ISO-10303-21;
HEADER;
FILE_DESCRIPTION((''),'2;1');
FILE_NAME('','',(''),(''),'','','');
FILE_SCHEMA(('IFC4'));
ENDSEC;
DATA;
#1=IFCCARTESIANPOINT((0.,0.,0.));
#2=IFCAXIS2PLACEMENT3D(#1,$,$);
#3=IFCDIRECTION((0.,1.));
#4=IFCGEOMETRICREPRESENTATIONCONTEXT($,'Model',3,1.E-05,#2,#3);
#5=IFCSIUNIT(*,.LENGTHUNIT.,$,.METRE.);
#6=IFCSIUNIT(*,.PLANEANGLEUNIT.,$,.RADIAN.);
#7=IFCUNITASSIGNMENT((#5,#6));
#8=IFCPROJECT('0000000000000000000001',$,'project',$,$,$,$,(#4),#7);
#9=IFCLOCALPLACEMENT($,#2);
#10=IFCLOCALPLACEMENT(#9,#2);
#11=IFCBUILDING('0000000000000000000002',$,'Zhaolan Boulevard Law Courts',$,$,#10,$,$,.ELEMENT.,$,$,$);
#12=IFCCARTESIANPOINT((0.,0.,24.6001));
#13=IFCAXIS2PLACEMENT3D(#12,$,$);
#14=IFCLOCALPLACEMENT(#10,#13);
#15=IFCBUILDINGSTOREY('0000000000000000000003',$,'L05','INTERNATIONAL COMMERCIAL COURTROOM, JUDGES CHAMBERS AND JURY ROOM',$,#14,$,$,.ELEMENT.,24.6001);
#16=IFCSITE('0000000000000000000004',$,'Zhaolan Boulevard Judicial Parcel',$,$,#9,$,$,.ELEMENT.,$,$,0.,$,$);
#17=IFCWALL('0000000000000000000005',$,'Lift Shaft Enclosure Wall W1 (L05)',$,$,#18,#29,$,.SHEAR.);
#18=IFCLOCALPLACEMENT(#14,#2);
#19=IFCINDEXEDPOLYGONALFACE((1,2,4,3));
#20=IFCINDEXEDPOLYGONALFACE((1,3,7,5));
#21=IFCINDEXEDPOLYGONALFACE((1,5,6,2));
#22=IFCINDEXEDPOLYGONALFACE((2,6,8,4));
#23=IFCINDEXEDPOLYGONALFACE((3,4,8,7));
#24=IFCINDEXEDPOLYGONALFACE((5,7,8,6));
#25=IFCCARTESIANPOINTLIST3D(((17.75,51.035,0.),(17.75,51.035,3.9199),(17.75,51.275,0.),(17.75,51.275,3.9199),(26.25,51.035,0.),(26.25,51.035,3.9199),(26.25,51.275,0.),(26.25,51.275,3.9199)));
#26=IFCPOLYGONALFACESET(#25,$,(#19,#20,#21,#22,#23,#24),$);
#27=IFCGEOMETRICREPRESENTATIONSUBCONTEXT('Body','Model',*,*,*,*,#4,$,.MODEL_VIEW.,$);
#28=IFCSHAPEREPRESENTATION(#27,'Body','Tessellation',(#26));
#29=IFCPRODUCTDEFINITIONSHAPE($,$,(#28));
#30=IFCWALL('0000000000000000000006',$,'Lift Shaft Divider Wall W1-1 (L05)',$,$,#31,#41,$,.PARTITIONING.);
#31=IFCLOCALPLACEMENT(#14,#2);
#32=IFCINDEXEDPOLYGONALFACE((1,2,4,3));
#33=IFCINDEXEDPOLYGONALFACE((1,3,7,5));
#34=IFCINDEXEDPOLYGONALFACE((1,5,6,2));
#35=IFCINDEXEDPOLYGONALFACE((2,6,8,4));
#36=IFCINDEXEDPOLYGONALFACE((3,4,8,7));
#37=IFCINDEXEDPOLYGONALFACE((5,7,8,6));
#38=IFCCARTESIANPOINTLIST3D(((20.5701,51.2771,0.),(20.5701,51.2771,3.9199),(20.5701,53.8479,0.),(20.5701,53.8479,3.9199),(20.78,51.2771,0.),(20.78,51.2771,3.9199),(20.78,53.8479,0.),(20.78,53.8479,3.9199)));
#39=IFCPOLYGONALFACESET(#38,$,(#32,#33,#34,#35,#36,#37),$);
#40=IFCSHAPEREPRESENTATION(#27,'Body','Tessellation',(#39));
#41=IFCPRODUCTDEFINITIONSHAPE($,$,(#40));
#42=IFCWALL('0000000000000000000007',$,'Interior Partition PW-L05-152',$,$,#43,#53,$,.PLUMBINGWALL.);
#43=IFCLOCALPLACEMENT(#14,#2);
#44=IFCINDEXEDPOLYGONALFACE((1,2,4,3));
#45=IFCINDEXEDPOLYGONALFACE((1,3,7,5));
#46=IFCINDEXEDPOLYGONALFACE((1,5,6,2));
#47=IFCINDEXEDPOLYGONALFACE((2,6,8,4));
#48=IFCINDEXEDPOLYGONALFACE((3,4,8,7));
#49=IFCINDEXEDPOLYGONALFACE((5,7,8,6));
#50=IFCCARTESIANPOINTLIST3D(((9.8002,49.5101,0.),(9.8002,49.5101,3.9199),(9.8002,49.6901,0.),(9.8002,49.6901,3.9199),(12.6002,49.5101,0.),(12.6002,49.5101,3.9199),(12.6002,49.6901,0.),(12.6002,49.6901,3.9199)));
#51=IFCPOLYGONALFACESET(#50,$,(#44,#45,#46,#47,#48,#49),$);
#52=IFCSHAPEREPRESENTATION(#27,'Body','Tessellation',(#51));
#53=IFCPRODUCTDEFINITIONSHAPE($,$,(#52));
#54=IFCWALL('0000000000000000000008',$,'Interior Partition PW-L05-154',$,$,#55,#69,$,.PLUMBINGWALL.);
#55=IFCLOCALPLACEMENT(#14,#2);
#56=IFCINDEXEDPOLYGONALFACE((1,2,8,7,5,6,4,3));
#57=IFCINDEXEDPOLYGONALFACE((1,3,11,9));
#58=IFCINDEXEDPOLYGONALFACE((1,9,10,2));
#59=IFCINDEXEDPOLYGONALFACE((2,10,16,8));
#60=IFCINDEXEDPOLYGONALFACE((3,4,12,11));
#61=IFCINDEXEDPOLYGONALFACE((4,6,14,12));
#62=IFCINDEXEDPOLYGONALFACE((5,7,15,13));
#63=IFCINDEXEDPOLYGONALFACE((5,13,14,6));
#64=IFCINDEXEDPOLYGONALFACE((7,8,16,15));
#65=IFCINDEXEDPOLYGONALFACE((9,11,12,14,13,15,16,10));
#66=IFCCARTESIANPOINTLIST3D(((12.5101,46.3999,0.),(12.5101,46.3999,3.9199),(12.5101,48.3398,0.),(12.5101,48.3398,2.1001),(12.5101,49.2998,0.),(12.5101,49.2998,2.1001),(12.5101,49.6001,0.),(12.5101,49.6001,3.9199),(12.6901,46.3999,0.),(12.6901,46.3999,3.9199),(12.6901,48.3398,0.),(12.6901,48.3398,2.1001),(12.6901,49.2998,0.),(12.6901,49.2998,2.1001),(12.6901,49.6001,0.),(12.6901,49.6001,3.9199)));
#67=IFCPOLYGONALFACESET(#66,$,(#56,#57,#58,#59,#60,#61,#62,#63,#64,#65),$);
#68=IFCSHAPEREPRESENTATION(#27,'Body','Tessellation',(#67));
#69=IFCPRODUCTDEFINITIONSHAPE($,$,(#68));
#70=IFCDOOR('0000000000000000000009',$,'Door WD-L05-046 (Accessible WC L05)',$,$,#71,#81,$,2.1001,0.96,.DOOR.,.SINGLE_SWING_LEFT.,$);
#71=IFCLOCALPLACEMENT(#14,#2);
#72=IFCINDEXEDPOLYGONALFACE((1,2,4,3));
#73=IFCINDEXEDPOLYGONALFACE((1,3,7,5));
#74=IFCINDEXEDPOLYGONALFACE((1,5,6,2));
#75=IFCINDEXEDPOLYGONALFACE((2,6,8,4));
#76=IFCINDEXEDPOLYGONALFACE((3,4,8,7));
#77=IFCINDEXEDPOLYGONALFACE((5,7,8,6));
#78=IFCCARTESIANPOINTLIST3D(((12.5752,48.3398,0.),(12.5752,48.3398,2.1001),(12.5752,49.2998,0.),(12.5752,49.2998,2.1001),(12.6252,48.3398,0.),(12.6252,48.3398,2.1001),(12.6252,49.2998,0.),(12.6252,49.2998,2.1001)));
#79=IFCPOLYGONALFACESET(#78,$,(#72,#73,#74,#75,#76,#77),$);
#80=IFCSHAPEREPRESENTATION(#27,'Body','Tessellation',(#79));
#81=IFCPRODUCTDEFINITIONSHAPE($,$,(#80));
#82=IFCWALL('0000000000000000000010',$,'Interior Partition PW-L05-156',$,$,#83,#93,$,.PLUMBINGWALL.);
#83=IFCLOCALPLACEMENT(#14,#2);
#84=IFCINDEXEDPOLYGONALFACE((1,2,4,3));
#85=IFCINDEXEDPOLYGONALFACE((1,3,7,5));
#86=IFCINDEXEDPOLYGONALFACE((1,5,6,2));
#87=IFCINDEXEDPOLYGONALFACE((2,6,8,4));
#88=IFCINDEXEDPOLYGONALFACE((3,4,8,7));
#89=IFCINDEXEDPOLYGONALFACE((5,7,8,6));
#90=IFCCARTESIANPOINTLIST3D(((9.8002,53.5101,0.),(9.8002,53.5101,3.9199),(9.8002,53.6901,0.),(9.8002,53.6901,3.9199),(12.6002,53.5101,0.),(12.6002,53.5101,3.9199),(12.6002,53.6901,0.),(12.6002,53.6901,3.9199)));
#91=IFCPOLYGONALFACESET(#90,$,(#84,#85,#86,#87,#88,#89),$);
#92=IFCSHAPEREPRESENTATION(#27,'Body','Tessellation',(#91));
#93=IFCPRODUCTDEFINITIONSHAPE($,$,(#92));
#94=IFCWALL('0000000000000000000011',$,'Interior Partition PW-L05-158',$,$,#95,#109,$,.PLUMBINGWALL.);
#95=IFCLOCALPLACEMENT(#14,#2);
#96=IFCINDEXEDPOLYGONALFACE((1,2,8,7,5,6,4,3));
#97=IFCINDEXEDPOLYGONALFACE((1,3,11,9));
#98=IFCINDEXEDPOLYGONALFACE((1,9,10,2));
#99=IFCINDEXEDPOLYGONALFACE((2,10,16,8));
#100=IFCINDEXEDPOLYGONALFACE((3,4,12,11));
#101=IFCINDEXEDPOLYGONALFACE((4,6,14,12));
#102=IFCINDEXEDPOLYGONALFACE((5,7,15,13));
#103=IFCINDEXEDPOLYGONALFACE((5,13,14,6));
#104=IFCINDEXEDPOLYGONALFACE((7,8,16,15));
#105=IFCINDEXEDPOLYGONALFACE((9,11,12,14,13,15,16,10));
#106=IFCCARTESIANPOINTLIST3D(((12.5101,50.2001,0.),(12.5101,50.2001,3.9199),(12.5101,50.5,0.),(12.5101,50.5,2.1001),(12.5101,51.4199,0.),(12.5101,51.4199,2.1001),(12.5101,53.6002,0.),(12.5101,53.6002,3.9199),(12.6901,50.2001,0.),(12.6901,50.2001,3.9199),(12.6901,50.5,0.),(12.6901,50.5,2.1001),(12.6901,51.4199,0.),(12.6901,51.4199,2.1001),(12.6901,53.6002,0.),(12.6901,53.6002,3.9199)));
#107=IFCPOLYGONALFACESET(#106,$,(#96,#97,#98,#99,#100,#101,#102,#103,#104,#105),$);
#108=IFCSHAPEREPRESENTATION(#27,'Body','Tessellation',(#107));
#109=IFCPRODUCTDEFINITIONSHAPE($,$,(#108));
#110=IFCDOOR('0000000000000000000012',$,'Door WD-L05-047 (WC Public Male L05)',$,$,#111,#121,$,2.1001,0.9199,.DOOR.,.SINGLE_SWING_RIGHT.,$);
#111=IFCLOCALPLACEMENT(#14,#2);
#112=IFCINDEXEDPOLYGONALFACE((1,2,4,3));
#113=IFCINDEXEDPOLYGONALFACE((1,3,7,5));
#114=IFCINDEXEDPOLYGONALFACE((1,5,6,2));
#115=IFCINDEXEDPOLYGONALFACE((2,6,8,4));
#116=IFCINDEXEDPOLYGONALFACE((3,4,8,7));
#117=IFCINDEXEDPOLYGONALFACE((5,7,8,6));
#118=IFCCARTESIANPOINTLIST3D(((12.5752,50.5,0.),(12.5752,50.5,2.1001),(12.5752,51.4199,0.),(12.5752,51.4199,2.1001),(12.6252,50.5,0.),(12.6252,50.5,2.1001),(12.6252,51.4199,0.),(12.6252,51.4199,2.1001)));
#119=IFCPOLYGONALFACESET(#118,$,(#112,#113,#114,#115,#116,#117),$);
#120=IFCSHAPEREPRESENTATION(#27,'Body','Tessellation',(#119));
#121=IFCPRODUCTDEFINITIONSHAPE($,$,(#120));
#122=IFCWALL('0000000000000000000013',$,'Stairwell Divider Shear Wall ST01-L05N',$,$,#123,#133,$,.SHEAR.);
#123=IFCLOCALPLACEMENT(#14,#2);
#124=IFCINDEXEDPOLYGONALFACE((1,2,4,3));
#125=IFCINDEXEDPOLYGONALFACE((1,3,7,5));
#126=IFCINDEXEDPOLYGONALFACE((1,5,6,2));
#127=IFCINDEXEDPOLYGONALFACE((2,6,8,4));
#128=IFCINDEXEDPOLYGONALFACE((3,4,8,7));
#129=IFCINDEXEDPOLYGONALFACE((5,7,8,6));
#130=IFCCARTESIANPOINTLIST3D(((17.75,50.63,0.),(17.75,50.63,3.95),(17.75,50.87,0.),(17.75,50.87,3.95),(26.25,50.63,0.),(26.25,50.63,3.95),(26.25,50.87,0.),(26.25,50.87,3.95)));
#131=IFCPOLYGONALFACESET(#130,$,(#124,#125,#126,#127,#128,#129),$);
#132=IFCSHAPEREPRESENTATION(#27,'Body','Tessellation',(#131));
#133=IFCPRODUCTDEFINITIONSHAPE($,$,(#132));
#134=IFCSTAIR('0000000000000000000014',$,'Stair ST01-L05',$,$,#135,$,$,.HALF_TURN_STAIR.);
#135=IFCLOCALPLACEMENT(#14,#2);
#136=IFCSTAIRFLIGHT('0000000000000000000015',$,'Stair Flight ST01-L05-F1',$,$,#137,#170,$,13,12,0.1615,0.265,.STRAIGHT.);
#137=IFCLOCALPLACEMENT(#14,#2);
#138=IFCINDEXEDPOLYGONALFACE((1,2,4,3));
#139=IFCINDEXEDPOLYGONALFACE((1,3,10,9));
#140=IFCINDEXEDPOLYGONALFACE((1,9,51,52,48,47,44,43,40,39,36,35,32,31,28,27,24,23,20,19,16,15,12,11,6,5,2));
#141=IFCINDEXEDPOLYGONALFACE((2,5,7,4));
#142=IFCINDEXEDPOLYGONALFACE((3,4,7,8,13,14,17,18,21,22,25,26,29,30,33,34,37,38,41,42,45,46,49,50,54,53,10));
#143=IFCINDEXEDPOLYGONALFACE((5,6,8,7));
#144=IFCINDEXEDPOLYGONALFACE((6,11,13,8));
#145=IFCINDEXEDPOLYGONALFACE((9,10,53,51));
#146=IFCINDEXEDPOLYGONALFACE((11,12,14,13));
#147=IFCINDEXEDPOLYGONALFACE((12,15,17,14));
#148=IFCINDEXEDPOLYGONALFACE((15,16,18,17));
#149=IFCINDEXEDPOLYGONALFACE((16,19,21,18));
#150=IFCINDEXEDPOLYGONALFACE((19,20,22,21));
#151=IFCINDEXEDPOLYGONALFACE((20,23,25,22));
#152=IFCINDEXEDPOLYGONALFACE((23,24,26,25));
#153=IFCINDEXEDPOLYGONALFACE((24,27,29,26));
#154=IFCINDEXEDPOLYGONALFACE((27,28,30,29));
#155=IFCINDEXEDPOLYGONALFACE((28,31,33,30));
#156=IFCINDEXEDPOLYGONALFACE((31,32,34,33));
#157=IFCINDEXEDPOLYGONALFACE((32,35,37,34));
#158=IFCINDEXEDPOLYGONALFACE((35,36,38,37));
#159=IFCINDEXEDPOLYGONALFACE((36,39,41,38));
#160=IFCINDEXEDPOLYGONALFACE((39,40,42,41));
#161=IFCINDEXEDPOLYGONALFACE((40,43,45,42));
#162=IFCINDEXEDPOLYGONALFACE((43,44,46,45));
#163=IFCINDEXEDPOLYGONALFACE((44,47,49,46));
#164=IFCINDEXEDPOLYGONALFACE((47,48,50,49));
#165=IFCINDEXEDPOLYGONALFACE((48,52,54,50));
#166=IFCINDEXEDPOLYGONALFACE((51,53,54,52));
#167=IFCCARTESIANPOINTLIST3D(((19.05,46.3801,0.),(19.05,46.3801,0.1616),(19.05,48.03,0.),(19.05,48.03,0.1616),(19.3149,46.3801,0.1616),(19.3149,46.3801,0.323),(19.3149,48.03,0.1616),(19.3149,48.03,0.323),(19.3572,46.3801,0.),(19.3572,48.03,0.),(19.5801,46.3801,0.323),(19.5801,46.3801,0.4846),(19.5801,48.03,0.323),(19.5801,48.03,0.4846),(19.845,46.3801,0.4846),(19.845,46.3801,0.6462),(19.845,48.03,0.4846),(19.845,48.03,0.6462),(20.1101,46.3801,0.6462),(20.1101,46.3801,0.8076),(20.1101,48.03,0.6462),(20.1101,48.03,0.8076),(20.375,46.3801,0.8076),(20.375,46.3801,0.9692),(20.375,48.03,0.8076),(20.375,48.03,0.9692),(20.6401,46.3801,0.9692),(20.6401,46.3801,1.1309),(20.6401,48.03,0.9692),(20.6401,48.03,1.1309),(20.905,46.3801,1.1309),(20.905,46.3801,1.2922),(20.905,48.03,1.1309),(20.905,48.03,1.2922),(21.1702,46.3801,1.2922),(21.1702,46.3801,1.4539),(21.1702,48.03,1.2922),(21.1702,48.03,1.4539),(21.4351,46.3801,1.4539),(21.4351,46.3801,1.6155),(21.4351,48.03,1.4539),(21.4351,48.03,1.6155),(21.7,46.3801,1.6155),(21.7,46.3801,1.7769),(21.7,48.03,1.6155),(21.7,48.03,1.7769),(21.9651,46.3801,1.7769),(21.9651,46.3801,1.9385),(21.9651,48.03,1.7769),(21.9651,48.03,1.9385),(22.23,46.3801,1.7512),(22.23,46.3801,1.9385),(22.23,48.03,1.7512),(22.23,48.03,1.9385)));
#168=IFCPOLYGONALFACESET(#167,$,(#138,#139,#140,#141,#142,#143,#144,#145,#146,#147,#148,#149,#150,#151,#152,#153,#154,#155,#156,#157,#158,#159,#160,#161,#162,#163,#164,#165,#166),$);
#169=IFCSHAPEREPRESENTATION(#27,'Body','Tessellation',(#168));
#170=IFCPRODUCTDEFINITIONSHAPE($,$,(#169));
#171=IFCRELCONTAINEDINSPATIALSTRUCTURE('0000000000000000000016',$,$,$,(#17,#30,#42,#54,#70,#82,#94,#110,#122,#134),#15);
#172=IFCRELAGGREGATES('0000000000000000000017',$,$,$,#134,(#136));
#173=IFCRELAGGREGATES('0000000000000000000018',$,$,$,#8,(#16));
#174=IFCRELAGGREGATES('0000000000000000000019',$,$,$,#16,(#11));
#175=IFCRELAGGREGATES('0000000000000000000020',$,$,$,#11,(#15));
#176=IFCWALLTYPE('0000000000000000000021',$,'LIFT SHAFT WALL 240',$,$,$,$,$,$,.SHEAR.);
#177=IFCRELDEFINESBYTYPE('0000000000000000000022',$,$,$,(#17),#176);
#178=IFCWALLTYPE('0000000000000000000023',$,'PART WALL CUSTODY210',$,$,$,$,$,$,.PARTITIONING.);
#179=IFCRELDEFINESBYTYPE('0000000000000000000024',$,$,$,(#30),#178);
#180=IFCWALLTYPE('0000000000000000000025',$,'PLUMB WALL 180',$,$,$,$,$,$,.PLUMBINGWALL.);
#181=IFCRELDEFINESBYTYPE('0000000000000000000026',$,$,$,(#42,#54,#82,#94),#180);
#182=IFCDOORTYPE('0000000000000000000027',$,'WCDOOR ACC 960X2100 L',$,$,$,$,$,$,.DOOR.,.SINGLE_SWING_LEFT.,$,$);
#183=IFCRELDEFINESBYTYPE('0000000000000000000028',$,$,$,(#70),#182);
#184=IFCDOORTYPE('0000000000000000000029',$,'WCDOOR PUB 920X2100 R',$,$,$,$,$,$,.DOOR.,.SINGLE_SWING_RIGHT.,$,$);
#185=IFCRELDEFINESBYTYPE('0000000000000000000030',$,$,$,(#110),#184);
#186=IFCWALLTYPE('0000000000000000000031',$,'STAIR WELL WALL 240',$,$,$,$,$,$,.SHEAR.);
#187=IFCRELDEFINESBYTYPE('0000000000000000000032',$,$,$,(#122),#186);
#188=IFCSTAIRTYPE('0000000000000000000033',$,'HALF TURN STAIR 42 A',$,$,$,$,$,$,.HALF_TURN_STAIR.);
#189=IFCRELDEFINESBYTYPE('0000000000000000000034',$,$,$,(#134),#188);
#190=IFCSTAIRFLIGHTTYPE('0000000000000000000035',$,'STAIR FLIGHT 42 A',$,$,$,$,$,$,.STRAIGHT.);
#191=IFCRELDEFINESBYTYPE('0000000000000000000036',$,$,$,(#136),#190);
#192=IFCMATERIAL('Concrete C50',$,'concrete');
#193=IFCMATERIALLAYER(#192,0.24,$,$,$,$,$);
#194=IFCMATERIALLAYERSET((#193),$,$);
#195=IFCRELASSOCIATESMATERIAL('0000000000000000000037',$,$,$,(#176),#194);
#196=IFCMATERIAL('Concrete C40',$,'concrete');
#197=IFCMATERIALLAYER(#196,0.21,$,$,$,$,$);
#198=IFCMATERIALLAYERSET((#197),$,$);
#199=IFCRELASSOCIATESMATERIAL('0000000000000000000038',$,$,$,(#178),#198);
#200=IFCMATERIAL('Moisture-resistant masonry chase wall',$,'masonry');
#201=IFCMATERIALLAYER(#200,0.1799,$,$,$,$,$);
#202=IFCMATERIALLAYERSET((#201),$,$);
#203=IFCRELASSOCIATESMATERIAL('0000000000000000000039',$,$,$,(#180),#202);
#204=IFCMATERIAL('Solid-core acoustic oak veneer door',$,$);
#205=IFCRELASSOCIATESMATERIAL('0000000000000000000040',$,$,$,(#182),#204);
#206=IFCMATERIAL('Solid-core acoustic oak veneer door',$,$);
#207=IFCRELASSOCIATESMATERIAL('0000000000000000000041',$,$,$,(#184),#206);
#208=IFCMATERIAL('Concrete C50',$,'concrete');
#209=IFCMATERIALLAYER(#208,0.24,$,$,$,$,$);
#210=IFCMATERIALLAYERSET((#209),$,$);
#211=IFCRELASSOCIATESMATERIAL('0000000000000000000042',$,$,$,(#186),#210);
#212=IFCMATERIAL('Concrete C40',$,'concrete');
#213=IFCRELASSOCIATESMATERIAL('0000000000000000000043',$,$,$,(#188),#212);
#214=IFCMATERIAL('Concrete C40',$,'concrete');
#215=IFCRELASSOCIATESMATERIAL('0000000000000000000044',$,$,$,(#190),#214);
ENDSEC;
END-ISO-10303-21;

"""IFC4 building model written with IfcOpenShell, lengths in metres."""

from ifc_helpers import new_model, si_unit, direction, frame, frame_2d, origin, place, context, subcontext, project, spatial, polyline, rectangle, outline, extrude, material, layer, layer_set, type_object, element, fill, aggregate, save


model = new_model("IFC4")

# Units and contexts
model_context = context("Model", 3, precision=1e-05, world=origin(), true_north=direction((0.0, 1.0)))
body_context = subcontext(model_context, "Body", "Model", "MODEL_VIEW")
ifc_project = project(units=[si_unit("LENGTHUNIT", "METRE"), si_unit("PLANEANGLEUNIT", "RADIAN")], contexts=[model_context])

# Site, building, storey
site_placement = place(None, origin())
site = spatial("IfcSite", under=ifc_project, at=site_placement, Name="Zhaolan Boulevard Judicial Parcel", CompositionType="ELEMENT", RefElevation=0.0)
building_placement = place(site_placement, origin())
building = spatial("IfcBuilding", under=site, at=building_placement, Name="Zhaolan Boulevard Law Courts", CompositionType="ELEMENT")
storey_placement = place(building_placement, frame((0.0, 0.0, 24.6001)))
storey = spatial("IfcBuildingStorey", under=building, at=storey_placement, Name="L05", Description="INTERNATIONAL COMMERCIAL COURTROOM, JUDGES CHAMBERS AND JURY ROOM", CompositionType="ELEMENT", Elevation=24.6001)

# Walls
ifc_material_1 = material(Name="Concrete C50", Category="concrete")
ifc_layer_1 = layer(ifc_material_1, 0.24)
ifc_layer_set_1 = layer_set([ifc_layer_1])
wall_type_1 = type_object("IfcWallType", Name="LIFT SHAFT WALL 240", PredefinedType="SHEAR", material=ifc_layer_set_1)
wall_1_placement = place(storey_placement, frame((17.75, 51.155, 0.0), z_axis=(0.0, 0.0, 1.0), x_axis=(1.0, 0.0, 0.0)))
element("IfcWall", 1, at=wall_1_placement, inside=storey, type_object=wall_type_1, Name="Lift Shaft Enclosure Wall W1 (L05)", PredefinedType="SHEAR", context=body_context, shape_type="SweptSolid", body=[
    extrude(rectangle(XDim=8.5, YDim=0.24, at=frame_2d((4.25, 0.0))), origin(), (0.0, 0.0, 1.0), 3.9199),
])
ifc_material_2 = material(Name="Concrete C40", Category="concrete")
ifc_layer_2 = layer(ifc_material_2, 0.21)
ifc_layer_set_2 = layer_set([ifc_layer_2])
wall_type_2 = type_object("IfcWallType", Name="PART WALL CUSTODY210", PredefinedType="PARTITIONING", material=ifc_layer_set_2)
wall_2_placement = place(storey_placement, frame((20.675, 51.2771, 0.0), z_axis=(0.0, 0.0, 1.0), x_axis=(0.0, 1.0, 0.0)))
element("IfcWall", 2, at=wall_2_placement, inside=storey, type_object=wall_type_2, Name="Lift Shaft Divider Wall W1-1 (L05)", PredefinedType="PARTITIONING", context=body_context, shape_type="SweptSolid", body=[
    extrude(rectangle(XDim=2.5708, YDim=0.21, at=frame_2d((1.2854, 0.0))), origin(), (0.0, 0.0, 1.0), 3.9199),
])
ifc_material_3 = material(Name="Moisture-resistant masonry chase wall", Category="masonry")
ifc_layer_3 = layer(ifc_material_3, 0.1799)
ifc_layer_set_3 = layer_set([ifc_layer_3])
wall_type_3 = type_object("IfcWallType", Name="PLUMB WALL 180", PredefinedType="PLUMBINGWALL", material=ifc_layer_set_3)
wall_3_placement = place(storey_placement, frame((12.6001, 49.6001, 0.0), z_axis=(0.0, 0.0, 1.0), x_axis=(-1.0, 0.0, 0.0)))
element("IfcWall", 3, at=wall_3_placement, inside=storey, type_object=wall_type_3, Name="Interior Partition PW-L05-152", PredefinedType="PLUMBINGWALL", context=body_context, shape_type="SweptSolid", body=[
    extrude(rectangle(XDim=2.8, YDim=0.1799, at=frame_2d((1.3999, 0.0))), origin(), (0.0, 0.0, 1.0), 3.9199),
])

# Wall, opening, door
wall_4_placement = place(storey_placement, frame((12.6001, 46.3999, 0.0), z_axis=(0.0, 0.0, 1.0), x_axis=(0.0, 1.0, 0.0)))
wall_4 = element("IfcWall", 4, at=wall_4_placement, inside=storey, type_object=wall_type_3, Name="Interior Partition PW-L05-154", PredefinedType="PLUMBINGWALL", context=body_context, shape_type="SweptSolid", body=[
    extrude(rectangle(XDim=3.2002, YDim=0.1799, at=frame_2d((1.6001, 0.0))), origin(), (0.0, 0.0, 1.0), 3.9199),
])
opening_1_placement = place(wall_4_placement, frame((1.9399, 0.0, 0.0)))
opening_1 = element("IfcOpeningElement", 5, at=opening_1_placement, cuts=wall_4, PredefinedType="OPENING", context=body_context, shape_type="SweptSolid", body=[
    extrude(rectangle(XDim=0.96, YDim=2.1001, at=frame_2d((0.48, 1.05))), frame((0.0, 0.0999, 0.0), z_axis=(0.0, -1.0, 0.0), x_axis=(1.0, 0.0, 0.0)), (0.0, 0.0, 1.0), 0.2),
])
ifc_material_4 = material(Name="Solid-core acoustic oak veneer door")
door_type_1 = type_object("IfcDoorType", Name="WCDOOR ACC 960X2100 L", OperationType="SINGLE_SWING_LEFT", PredefinedType="DOOR", material=ifc_material_4)
door_1_placement = place(opening_1_placement, origin())
door_1 = element("IfcDoor", 6, at=door_1_placement, inside=storey, type_object=door_type_1, Name="Door WD-L05-046 (Accessible WC L05)", OperationType="SINGLE_SWING_LEFT", OverallHeight=2.1001, OverallWidth=0.96, PredefinedType="DOOR", context=body_context, shape_type="SweptSolid", body=[
    extrude(rectangle(XDim=0.96, YDim=2.1001, at=frame_2d((0.48, 1.05))), frame((0.0, 0.0249, 0.0), z_axis=(0.0, -1.0, 0.0), x_axis=(1.0, 0.0, 0.0)), (0.0, 0.0, 1.0), 0.05),
])
fill(opening_1, door_1)

# Wall
wall_5_placement = place(storey_placement, frame((12.6001, 53.6001, 0.0), z_axis=(0.0, 0.0, 1.0), x_axis=(-1.0, 0.0, 0.0)))
element("IfcWall", 7, at=wall_5_placement, inside=storey, type_object=wall_type_3, Name="Interior Partition PW-L05-156", PredefinedType="PLUMBINGWALL", context=body_context, shape_type="SweptSolid", body=[
    extrude(rectangle(XDim=2.8, YDim=0.1799, at=frame_2d((1.3999, 0.0))), origin(), (0.0, 0.0, 1.0), 3.9199),
])

# Wall, opening, door
wall_6_placement = place(storey_placement, frame((12.6001, 50.2, 0.0), z_axis=(0.0, 0.0, 1.0), x_axis=(0.0, 1.0, 0.0)))
wall_6 = element("IfcWall", 8, at=wall_6_placement, inside=storey, type_object=wall_type_3, Name="Interior Partition PW-L05-158", PredefinedType="PLUMBINGWALL", context=body_context, shape_type="SweptSolid", body=[
    extrude(rectangle(XDim=3.4001, YDim=0.1799, at=frame_2d((1.7002, 0.0))), origin(), (0.0, 0.0, 1.0), 3.9199),
])
opening_2_placement = place(wall_6_placement, frame((0.3, 0.0, 0.0)))
opening_2 = element("IfcOpeningElement", 9, at=opening_2_placement, cuts=wall_6, PredefinedType="OPENING", context=body_context, shape_type="SweptSolid", body=[
    extrude(rectangle(XDim=0.9199, YDim=2.1001, at=frame_2d((0.46, 1.05))), frame((0.0, 0.0999, 0.0), z_axis=(0.0, -1.0, 0.0), x_axis=(1.0, 0.0, 0.0)), (0.0, 0.0, 1.0), 0.2),
])
ifc_material_5 = material(Name="Solid-core acoustic oak veneer door")
door_type_2 = type_object("IfcDoorType", Name="WCDOOR PUB 920X2100 R", OperationType="SINGLE_SWING_RIGHT", PredefinedType="DOOR", material=ifc_material_5)
door_2_placement = place(opening_2_placement, origin())
door_2 = element("IfcDoor", 10, at=door_2_placement, inside=storey, type_object=door_type_2, Name="Door WD-L05-047 (WC Public Male L05)", OperationType="SINGLE_SWING_RIGHT", OverallHeight=2.1001, OverallWidth=0.9199, PredefinedType="DOOR", context=body_context, shape_type="SweptSolid", body=[
    extrude(rectangle(XDim=0.9199, YDim=2.1001, at=frame_2d((0.46, 1.05))), frame((0.0, 0.0249, 0.0), z_axis=(0.0, -1.0, 0.0), x_axis=(1.0, 0.0, 0.0)), (0.0, 0.0, 1.0), 0.05),
])
fill(opening_2, door_2)

# Wall
ifc_material_6 = material(Name="Concrete C50", Category="concrete")
ifc_layer_4 = layer(ifc_material_6, 0.24)
ifc_layer_set_4 = layer_set([ifc_layer_4])
wall_type_4 = type_object("IfcWallType", Name="STAIR WELL WALL 240", PredefinedType="SHEAR", material=ifc_layer_set_4)
wall_7_placement = place(storey_placement, frame((17.75, 50.75, 0.0), z_axis=(0.0, 0.0, 1.0), x_axis=(1.0, 0.0, 0.0)))
element("IfcWall", 11, at=wall_7_placement, inside=storey, type_object=wall_type_4, Name="Stairwell Divider Shear Wall ST01-L05N", PredefinedType="SHEAR", context=body_context, shape_type="SweptSolid", body=[
    extrude(rectangle(XDim=8.5, YDim=0.24, at=frame_2d((4.25, 0.0))), origin(), (0.0, 0.0, 1.0), 3.95),
])

# Stair, stair flight
ifc_material_7 = material(Name="Concrete C40", Category="concrete")
stair_type = type_object("IfcStairType", Name="HALF TURN STAIR 42 A", PredefinedType="HALF_TURN_STAIR", material=ifc_material_7)
stair_placement = place(storey_placement, origin())
stair = element("IfcStair", 12, at=stair_placement, inside=storey, type_object=stair_type, Name="Stair ST01-L05", PredefinedType="HALF_TURN_STAIR")
ifc_material_8 = material(Name="Concrete C40", Category="concrete")
stair_flight_type = type_object("IfcStairFlightType", Name="STAIR FLIGHT 42 A", PredefinedType="STRAIGHT", material=ifc_material_8)
stair_flight_placement = place(storey_placement, frame((19.05, 47.2051, 0.0), z_axis=(0.0, 0.0, 1.0), x_axis=(1.0, 0.0, 0.0)))
stair_flight = element("IfcStairFlight", 13, at=stair_flight_placement, type_object=stair_flight_type, Name="Stair Flight ST01-L05-F1", NumberOfRisers=13, NumberOfTreads=12, PredefinedType="STRAIGHT", RiserHeight=0.1615, TreadLength=0.265, context=body_context, shape_type="SweptSolid", body=[
    extrude(outline(polyline([(0.0, 0.0), (0.0, 0.1616), (0.2649, 0.1616), (0.2649, 0.323), (0.53, 0.323), (0.53, 0.4846), (0.7949, 0.4846), (0.7949, 0.6462), (1.0601, 0.6462), (1.0601, 0.8076), (1.325, 0.8076), (1.325, 0.9692), (1.5901, 0.9692), (1.5901, 1.1309), (1.855, 1.1309), (1.855, 1.2922), (2.1201, 1.2922), (2.1201, 1.4539), (2.385, 1.4539), (2.385, 1.6155), (2.6499, 1.6155), (2.6499, 1.7769), (2.915, 1.7769), (2.915, 1.9385), (3.1799, 1.9385), (3.1799, 2.1001), (3.1799, 1.7512), (0.3071, 0.0), (0.0, 0.0)])), frame((0.0, 0.825, 0.0), z_axis=(0.0, -1.0, 0.0), x_axis=(1.0, 0.0, 0.0)), (0.0, 0.0, 1.0), 1.6499),
])
aggregate(stair, [stair_flight])

save(model, "model.ifc")
